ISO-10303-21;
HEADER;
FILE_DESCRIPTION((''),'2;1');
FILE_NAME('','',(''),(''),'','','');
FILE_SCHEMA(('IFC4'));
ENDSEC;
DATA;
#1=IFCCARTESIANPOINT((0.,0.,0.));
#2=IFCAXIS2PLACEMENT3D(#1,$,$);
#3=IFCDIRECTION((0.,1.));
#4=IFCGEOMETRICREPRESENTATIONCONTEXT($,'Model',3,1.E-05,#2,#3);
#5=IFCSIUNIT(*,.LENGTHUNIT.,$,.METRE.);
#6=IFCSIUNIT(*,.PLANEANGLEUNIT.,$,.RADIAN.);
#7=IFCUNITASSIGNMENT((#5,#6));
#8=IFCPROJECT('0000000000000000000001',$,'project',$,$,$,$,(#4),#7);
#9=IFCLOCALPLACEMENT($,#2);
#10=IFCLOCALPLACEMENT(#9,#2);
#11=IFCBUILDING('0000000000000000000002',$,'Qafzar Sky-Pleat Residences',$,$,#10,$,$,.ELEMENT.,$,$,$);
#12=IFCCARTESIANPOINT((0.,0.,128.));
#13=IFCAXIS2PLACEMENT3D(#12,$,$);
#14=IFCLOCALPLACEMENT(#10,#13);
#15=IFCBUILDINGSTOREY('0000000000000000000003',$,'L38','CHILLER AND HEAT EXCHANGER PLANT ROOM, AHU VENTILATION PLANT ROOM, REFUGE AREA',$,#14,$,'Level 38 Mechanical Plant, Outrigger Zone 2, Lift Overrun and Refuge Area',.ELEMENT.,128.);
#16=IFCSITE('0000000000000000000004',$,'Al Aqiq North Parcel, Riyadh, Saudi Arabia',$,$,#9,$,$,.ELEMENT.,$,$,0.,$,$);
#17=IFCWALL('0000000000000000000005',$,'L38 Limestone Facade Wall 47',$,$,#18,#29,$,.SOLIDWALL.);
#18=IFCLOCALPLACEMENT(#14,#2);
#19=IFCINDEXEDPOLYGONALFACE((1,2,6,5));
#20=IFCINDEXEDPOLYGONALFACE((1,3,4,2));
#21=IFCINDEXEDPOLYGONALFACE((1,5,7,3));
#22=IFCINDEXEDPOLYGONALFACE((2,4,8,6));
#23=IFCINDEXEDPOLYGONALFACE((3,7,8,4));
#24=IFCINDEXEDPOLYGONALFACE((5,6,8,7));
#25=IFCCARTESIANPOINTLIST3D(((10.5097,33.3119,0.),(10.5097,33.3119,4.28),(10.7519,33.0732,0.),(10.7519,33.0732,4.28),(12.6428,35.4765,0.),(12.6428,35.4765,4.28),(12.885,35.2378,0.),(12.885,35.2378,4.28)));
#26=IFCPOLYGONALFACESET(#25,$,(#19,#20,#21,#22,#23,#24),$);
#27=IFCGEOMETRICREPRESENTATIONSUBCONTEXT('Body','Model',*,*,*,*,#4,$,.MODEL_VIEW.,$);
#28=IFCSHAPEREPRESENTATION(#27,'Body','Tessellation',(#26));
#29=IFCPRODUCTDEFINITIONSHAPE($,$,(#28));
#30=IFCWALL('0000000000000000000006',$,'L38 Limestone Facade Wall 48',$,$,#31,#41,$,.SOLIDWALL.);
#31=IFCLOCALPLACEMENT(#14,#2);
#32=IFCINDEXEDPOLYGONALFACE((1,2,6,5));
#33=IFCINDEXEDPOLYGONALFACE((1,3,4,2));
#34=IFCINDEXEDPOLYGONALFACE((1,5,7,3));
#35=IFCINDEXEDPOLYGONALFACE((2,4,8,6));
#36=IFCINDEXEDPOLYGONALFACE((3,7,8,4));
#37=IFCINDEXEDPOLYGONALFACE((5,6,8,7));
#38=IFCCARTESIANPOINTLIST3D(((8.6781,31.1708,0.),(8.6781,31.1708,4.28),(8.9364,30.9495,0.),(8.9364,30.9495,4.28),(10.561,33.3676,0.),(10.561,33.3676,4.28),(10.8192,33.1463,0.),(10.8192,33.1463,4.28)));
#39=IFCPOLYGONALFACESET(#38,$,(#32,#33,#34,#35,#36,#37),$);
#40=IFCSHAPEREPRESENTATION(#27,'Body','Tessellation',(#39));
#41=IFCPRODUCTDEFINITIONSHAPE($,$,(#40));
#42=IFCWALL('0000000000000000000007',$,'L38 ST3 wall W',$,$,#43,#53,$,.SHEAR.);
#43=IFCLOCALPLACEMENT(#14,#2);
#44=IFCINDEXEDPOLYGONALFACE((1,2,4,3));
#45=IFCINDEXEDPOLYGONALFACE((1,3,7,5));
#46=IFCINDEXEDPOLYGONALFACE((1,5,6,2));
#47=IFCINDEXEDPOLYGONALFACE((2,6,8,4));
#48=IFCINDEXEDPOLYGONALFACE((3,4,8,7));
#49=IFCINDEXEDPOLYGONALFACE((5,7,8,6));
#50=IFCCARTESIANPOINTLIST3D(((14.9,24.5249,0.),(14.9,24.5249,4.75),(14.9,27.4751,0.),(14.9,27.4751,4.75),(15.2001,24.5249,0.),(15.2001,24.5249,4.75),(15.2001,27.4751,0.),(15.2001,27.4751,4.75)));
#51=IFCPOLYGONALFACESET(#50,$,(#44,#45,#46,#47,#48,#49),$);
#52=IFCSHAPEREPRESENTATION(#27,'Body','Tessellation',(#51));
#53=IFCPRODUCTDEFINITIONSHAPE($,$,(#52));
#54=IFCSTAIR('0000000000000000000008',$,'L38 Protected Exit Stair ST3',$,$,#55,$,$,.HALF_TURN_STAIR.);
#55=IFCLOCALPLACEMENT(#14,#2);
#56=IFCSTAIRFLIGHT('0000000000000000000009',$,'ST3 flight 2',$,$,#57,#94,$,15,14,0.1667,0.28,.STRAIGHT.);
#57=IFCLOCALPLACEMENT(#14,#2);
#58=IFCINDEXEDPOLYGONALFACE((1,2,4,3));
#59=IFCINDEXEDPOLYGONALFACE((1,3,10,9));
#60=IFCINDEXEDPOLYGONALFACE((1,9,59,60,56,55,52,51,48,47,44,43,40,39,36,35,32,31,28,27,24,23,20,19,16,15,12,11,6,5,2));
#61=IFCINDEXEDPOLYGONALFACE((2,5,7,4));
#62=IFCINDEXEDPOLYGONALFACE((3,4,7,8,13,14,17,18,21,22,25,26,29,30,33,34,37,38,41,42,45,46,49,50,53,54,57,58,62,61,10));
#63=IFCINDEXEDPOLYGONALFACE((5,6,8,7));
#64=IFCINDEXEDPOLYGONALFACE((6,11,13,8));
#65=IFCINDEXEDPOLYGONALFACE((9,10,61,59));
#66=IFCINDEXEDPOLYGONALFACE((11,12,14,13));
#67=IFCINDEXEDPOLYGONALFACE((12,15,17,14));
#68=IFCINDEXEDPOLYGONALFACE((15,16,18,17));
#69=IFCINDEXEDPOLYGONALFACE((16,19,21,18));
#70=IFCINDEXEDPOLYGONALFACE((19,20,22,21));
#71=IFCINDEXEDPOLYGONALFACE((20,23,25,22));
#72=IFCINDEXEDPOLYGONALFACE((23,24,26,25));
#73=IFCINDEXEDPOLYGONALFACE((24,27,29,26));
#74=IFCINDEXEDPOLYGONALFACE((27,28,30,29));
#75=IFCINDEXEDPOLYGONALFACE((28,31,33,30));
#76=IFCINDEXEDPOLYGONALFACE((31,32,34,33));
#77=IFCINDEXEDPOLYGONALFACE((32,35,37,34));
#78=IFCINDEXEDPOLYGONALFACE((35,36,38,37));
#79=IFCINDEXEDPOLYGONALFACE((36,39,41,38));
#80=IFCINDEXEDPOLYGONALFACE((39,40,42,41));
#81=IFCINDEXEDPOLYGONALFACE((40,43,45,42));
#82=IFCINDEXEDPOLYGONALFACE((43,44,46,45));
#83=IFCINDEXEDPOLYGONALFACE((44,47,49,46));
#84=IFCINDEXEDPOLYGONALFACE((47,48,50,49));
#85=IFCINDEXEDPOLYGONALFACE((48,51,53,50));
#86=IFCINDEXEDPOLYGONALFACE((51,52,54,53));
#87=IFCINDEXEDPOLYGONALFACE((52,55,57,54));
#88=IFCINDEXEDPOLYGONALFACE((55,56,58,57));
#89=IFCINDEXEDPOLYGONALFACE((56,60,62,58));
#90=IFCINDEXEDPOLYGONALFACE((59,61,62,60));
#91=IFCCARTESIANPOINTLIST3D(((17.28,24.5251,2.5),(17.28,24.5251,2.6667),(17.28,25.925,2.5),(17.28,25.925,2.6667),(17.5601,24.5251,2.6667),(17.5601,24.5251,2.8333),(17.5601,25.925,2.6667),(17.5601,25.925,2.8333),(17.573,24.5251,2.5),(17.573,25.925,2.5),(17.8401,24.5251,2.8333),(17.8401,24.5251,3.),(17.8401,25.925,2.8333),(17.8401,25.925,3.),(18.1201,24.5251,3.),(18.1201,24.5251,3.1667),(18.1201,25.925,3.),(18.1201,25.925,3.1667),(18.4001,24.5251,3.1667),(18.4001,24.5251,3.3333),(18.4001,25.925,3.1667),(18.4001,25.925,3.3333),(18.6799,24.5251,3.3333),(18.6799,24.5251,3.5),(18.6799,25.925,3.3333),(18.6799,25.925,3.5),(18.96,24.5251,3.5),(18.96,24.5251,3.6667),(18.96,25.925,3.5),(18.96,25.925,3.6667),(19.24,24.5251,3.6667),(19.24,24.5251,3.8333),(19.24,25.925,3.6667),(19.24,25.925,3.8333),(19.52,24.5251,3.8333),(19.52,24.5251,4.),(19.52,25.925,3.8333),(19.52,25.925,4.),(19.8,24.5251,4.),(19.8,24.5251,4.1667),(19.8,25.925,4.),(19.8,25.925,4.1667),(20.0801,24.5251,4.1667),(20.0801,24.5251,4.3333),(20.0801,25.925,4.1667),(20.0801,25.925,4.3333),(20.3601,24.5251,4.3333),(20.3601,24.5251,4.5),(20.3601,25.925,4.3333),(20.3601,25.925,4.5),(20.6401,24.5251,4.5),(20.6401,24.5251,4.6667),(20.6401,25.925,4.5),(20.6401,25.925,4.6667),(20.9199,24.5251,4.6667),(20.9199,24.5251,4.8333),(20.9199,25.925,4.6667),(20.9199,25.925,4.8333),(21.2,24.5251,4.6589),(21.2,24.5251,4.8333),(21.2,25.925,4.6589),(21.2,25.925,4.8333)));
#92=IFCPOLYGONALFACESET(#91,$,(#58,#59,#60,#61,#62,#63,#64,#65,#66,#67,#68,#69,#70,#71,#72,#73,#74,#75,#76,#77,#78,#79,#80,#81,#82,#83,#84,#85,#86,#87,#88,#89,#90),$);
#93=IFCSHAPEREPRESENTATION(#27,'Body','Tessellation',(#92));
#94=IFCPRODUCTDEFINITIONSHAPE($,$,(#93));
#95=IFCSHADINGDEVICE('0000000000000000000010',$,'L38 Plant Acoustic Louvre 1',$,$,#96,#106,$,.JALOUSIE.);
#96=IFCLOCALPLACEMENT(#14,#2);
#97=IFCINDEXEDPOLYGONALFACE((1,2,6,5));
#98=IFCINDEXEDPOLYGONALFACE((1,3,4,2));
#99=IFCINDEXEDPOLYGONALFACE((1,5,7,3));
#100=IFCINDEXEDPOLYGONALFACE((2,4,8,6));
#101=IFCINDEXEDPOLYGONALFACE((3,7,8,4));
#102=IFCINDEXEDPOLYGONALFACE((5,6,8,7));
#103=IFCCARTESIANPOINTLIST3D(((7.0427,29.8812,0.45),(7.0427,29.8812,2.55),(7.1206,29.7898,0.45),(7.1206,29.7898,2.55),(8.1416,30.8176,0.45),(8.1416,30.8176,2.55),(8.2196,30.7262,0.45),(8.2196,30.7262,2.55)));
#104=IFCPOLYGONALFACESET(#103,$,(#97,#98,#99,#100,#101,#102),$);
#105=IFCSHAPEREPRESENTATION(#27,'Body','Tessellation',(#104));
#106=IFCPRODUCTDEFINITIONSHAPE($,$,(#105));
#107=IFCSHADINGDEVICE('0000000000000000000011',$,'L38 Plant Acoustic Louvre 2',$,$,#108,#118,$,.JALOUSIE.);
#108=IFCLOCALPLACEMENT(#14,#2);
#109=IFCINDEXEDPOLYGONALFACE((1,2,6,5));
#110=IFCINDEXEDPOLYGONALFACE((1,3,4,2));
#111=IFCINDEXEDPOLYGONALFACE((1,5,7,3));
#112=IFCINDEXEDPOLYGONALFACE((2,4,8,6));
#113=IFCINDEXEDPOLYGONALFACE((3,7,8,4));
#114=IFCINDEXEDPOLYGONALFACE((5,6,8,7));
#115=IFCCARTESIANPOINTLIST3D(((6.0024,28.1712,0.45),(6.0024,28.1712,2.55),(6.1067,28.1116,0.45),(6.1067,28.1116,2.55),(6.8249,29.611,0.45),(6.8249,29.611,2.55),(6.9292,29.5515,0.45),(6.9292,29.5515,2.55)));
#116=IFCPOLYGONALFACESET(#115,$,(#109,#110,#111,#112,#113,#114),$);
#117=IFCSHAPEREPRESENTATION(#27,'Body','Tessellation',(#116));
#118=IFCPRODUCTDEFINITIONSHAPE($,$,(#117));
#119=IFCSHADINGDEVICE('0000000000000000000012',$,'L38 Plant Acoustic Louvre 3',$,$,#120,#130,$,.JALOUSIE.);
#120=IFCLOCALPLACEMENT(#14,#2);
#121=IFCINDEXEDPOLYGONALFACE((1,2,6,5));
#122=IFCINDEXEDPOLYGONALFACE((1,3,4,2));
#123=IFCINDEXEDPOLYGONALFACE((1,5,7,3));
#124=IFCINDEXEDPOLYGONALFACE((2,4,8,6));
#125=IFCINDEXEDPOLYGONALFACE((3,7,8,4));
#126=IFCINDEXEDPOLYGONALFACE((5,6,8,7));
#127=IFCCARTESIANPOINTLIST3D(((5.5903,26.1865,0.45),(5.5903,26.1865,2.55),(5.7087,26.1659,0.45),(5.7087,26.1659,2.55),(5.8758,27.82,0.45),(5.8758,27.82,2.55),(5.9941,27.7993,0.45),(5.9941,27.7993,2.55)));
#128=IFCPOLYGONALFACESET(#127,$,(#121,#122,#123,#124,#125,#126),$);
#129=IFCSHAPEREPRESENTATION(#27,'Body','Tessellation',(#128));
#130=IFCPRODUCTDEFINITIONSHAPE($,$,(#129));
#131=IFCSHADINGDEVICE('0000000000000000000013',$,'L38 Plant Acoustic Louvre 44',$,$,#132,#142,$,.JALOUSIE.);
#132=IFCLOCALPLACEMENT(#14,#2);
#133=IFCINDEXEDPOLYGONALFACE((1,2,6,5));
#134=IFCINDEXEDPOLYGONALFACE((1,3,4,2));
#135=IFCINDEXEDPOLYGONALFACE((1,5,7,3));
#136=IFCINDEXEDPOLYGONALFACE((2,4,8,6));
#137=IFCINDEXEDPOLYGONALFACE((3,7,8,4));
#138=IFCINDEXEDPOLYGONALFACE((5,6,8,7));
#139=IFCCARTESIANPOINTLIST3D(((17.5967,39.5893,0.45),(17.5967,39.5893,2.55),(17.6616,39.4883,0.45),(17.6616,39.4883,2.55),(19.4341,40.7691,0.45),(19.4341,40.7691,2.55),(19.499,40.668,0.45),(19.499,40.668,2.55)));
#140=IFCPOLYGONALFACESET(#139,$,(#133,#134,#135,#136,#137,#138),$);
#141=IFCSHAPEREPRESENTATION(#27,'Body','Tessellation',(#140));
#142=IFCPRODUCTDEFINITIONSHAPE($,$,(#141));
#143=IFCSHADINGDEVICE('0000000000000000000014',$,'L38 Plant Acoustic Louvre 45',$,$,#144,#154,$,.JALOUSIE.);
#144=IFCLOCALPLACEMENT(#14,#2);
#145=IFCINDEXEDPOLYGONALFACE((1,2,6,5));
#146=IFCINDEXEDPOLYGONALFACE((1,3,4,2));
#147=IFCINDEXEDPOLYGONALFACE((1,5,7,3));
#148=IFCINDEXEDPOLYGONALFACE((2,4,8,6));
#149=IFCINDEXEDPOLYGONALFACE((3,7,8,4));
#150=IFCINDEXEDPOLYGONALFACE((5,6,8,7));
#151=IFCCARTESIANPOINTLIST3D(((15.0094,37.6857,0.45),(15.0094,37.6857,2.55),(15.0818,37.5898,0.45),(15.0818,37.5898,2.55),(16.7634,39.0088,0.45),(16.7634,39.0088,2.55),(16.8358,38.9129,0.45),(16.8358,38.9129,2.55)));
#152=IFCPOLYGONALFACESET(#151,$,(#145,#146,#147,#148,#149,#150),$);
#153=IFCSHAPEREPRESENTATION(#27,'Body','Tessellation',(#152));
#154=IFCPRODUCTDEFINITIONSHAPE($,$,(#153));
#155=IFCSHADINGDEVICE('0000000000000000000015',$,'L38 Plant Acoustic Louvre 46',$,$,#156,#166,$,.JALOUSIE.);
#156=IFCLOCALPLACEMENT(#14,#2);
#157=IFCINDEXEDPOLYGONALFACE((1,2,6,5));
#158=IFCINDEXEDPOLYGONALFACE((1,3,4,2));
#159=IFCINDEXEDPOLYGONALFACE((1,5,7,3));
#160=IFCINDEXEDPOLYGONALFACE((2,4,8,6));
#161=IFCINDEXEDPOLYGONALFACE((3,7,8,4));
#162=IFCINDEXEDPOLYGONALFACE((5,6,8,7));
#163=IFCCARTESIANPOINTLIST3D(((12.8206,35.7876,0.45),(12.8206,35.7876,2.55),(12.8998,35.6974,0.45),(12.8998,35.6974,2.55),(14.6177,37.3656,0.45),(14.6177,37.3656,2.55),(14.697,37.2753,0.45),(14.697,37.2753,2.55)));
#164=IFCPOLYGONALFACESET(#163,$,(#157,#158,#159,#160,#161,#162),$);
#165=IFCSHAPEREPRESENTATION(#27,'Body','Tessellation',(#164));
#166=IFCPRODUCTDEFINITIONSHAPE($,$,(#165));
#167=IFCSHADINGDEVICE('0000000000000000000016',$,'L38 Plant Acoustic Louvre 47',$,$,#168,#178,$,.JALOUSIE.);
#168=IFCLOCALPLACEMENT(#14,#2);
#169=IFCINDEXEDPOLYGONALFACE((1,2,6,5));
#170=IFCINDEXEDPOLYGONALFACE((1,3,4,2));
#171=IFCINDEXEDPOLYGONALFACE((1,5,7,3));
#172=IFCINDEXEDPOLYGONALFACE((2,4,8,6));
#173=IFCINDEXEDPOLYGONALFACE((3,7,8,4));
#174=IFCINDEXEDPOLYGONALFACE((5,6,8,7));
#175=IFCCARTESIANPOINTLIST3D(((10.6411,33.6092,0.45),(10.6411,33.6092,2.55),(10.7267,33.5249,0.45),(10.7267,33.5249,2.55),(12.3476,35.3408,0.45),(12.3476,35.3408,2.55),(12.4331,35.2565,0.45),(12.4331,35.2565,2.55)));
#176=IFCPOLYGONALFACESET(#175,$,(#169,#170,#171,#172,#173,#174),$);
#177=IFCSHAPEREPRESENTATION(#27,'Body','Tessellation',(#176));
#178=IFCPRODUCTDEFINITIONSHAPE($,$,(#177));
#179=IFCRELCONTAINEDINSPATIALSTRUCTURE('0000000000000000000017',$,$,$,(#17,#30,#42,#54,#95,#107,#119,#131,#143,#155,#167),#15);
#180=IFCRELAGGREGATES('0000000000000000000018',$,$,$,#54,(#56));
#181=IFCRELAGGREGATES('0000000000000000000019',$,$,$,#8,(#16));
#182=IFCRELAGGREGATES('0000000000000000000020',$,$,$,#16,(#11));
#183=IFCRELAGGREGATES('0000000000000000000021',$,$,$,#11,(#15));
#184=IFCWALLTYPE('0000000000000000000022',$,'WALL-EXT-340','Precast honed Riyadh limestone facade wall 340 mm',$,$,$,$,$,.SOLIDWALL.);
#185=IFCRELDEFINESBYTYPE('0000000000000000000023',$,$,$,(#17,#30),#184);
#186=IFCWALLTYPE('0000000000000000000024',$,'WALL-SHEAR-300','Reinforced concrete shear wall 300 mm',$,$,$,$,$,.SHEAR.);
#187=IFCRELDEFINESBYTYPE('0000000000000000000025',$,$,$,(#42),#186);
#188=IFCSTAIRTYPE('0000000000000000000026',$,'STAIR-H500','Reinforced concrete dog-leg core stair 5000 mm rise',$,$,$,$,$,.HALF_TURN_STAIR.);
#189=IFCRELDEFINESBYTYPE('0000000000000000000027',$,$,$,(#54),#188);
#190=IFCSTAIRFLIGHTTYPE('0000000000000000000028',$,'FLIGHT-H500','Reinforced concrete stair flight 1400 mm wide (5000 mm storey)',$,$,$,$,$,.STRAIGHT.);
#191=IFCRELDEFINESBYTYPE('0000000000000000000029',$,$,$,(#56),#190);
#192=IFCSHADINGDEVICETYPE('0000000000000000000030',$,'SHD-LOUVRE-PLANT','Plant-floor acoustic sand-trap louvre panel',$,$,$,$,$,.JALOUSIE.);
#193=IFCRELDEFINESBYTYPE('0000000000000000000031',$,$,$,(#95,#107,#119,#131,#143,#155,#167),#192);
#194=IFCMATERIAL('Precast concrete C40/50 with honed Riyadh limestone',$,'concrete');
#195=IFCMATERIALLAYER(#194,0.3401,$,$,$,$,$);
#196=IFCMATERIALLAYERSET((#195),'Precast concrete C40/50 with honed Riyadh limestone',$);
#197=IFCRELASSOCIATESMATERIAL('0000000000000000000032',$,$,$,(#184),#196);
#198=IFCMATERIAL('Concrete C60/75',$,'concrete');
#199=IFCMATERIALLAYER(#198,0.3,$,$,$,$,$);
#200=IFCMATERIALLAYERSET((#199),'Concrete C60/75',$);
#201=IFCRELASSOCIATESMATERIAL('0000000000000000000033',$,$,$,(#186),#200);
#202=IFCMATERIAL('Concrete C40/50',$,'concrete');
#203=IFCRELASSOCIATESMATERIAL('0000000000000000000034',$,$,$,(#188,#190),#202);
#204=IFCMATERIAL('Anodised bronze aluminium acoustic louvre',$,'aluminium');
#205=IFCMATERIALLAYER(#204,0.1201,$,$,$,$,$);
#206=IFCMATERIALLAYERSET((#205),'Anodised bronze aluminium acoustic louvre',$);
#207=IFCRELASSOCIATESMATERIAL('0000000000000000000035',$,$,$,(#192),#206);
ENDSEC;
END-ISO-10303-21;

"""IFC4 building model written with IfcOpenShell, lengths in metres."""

from ifc_helpers import new_model, si_unit, direction, frame, frame_2d, origin, origin_2d, place, context, subcontext, project, spatial, polyline, rectangle, outline, extrude, source, transform, mapped, material, layer, layer_set, type_object, element, aggregate, save


model = new_model("IFC4")

# Units and contexts
model_context = context("Model", 3, precision=1e-05, world=origin(), true_north=direction((0.0, 1.0)))
body_context = subcontext(model_context, "Body", "Model", "MODEL_VIEW")
ifc_project = project(units=[si_unit("LENGTHUNIT", "METRE"), si_unit("PLANEANGLEUNIT", "RADIAN")], contexts=[model_context])

# Site, building, storey
site_placement = place(None, origin())
site = spatial("IfcSite", under=ifc_project, at=site_placement, Name="Al Aqiq North Parcel, Riyadh, Saudi Arabia", CompositionType="ELEMENT", RefElevation=0.0)
building_placement = place(site_placement, origin())
building = spatial("IfcBuilding", under=site, at=building_placement, Name="Qafzar Sky-Pleat Residences", CompositionType="ELEMENT")
storey_placement = place(building_placement, frame((0.0, 0.0, 128.0)))
storey = spatial("IfcBuildingStorey", under=building, at=storey_placement, Name="L38", Description="CHILLER AND HEAT EXCHANGER PLANT ROOM, AHU VENTILATION PLANT ROOM, REFUGE AREA", LongName="Level 38 Mechanical Plant, Outrigger Zone 2, Lift Overrun and Refuge Area", CompositionType="ELEMENT", Elevation=128.0)

# Shared definitions
ifc_material_1 = material(Name="Concrete C60/75", Category="concrete")

# Walls
ifc_material_2 = material(Name="Precast concrete C40/50 with honed Riyadh limestone", Category="concrete")
ifc_layer_1 = layer(ifc_material_2, 0.3401)
ifc_layer_set_1 = layer_set([ifc_layer_1], Name="Precast concrete C40/50 with honed Riyadh limestone")
wall_type_1 = type_object("IfcWallType", Name="WALL-EXT-340", Description="Precast honed Riyadh limestone facade wall 340 mm", PredefinedType="SOLIDWALL", material=ifc_layer_set_1)
wall_1_placement = place(storey_placement, frame((12.7639, 35.3572, 0.0), z_axis=(0.0, 0.0, 1.0), x_axis=(-0.701906, -0.71227, 0.0)))
element("IfcWall", 1, at=wall_1_placement, inside=storey, type_object=wall_type_1, Name="L38 Limestone Facade Wall 47", PredefinedType="SOLIDWALL", context=body_context, shape_type="SweptSolid", body=[
    extrude(rectangle(XDim=3.0391, YDim=0.3401, at=frame_2d((1.5195, 0.0))), origin(), (0.0, 0.0, 1.0), 4.28),
])
wall_2_placement = place(storey_placement, frame((10.6902, 33.2571, 0.0), z_axis=(0.0, 0.0, 1.0), x_axis=(-0.650764, -0.75928, 0.0)))
element("IfcWall", 2, at=wall_2_placement, inside=storey, type_object=wall_type_1, Name="L38 Limestone Facade Wall 48", PredefinedType="SOLIDWALL", context=body_context, shape_type="SweptSolid", body=[
    extrude(rectangle(XDim=2.8933, YDim=0.3401, at=frame_2d((1.4468, 0.0))), origin(), (0.0, 0.0, 1.0), 4.28),
])
ifc_layer_2 = layer(ifc_material_1, 0.3)
ifc_layer_set_2 = layer_set([ifc_layer_2], Name="Concrete C60/75")
wall_type_2 = type_object("IfcWallType", Name="WALL-SHEAR-300", Description="Reinforced concrete shear wall 300 mm", PredefinedType="SHEAR", material=ifc_layer_set_2)
wall_3_placement = place(storey_placement, frame((15.05, 27.4751, 0.0), z_axis=(0.0, 0.0, 1.0), x_axis=(0.0, -1.0, 0.0)))
element("IfcWall", 3, at=wall_3_placement, inside=storey, type_object=wall_type_2, Name="L38 ST3 wall W", PredefinedType="SHEAR", context=body_context, shape_type="SweptSolid", body=[
    extrude(rectangle(XDim=2.9502, YDim=0.3, at=frame_2d((1.4751, 0.0))), origin(), (0.0, 0.0, 1.0), 4.75),
])

# Stair, stair flight
ifc_material_3 = material(Name="Concrete C40/50", Category="concrete")
stair_type = type_object("IfcStairType", Name="STAIR-H500", Description="Reinforced concrete dog-leg core stair 5000 mm rise", PredefinedType="HALF_TURN_STAIR", material=ifc_material_3)
stair_placement = place(storey_placement, origin())
stair = element("IfcStair", 4, at=stair_placement, inside=storey, type_object=stair_type, Name="L38 Protected Exit Stair ST3", PredefinedType="HALF_TURN_STAIR")
stair_flight_type = type_object("IfcStairFlightType", Name="FLIGHT-H500", Description="Reinforced concrete stair flight 1400 mm wide (5000 mm storey)", PredefinedType="STRAIGHT", material=ifc_material_3)
shared_shape_1 = source(origin(), body_context, "Body", "SweptSolid", [
    extrude(outline(polyline([(0.0, 0.0), (0.0, 0.1667), (0.28, 0.1667), (0.28, 0.3333), (0.5601, 0.3333), (0.5601, 0.5), (0.8401, 0.5), (0.8401, 0.6667), (1.1201, 0.6667), (1.1201, 0.8333), (1.3999, 0.8333), (1.3999, 1.0), (1.6799, 1.0), (1.6799, 1.1667), (1.96, 1.1667), (1.96, 1.3333), (2.24, 1.3333), (2.24, 1.5), (2.52, 1.5), (2.52, 1.6667), (2.8, 1.6667), (2.8, 1.8333), (3.0801, 1.8333), (3.0801, 2.0), (3.3601, 2.0), (3.3601, 2.1667), (3.6399, 2.1667), (3.6399, 2.3333), (3.9199, 2.3333), (3.9199, 2.5), (3.9199, 2.1589), (0.293, 0.0), (0.0, 0.0)])), frame((0.0, 0.7, 0.0), z_axis=(0.0, -1.0, 0.0), x_axis=(1.0, 0.0, 0.0)), (0.0, 0.0, 1.0), 1.3999),
])
stair_flight_placement = place(storey_placement, frame((17.28, 25.2251, 2.5), z_axis=(0.0, 0.0, 1.0), x_axis=(1.0, 0.0, 0.0)))
stair_flight = element("IfcStairFlight", 5, at=stair_flight_placement, type_object=stair_flight_type, Name="ST3 flight 2", NumberOfRisers=15, NumberOfTreads=14, PredefinedType="STRAIGHT", RiserHeight=0.1667, TreadLength=0.28, context=body_context, shape_type="MappedRepresentation", body=[
    mapped(shared_shape_1, transform((0.0, 0.0, 0.0), x_axis=(1.0, 0.0, 0.0), y_axis=(0.0, 1.0, 0.0), z_axis=(0.0, 0.0, 1.0), scale=1.0)),
])
aggregate(stair, [stair_flight])

# Shading devices
ifc_material_4 = material(Name="Anodised bronze aluminium acoustic louvre", Category="aluminium")
ifc_layer_3 = layer(ifc_material_4, 0.1201)
ifc_layer_set_3 = layer_set([ifc_layer_3], Name="Anodised bronze aluminium acoustic louvre")
shading_device_type = type_object("IfcShadingDeviceType", Name="SHD-LOUVRE-PLANT", Description="Plant-floor acoustic sand-trap louvre panel", PredefinedType="JALOUSIE", material=ifc_layer_set_3)
shared_shape_2 = source(origin(), body_context, "Body", "SweptSolid", [
    extrude(rectangle(XDim=1.4438, YDim=0.1201, at=origin_2d()), origin(), (0.0, 0.0, 1.0), 2.1001),
])
shading_device_1_placement = place(storey_placement, frame((7.6311, 30.3037, 0.45), z_axis=(0.0, 0.0, 1.0), x_axis=(-0.761154, -0.648571, 0.0)))
element("IfcShadingDevice", 6, at=shading_device_1_placement, inside=storey, type_object=shading_device_type, Name="L38 Plant Acoustic Louvre 1", PredefinedType="JALOUSIE", context=body_context, shape_type="MappedRepresentation", body=[
    mapped(shared_shape_2, transform((0.0, 0.0, 0.0), x_axis=(1.0, 0.0, 0.0), y_axis=(0.0, 1.0, 0.0), z_axis=(0.0, 0.0, 1.0), scale=1.0)),
])
shared_shape_3 = source(origin(), body_context, "Body", "SweptSolid", [
    extrude(rectangle(XDim=1.6582, YDim=0.1201, at=origin_2d()), origin(), (0.0, 0.0, 1.0), 2.1001),
])
for number, where, z_axis, x_axis, name in (
    (7, (6.4658, 28.8613, 0.45), (0.0, 0.0, 1.0), (-0.496025, -0.868308, 0.0), "L38 Plant Acoustic Louvre 2"),
    (8, (5.7922, 26.9929, 0.45), (0.0, 0.0, 1.0), (-0.17217, -0.985067, 0.0), "L38 Plant Acoustic Louvre 3"),
):
    element("IfcShadingDevice", number, at=place(storey_placement, frame(where, z_axis=z_axis, x_axis=x_axis)), inside=storey, type_object=shading_device_type, Name=name, PredefinedType="JALOUSIE", context=body_context, shape_type="MappedRepresentation", body=[
        mapped(shared_shape_3, transform((0.0, 0.0, 0.0), x_axis=(1.0, 0.0, 0.0), y_axis=(0.0, 1.0, 0.0), z_axis=(0.0, 0.0, 1.0), scale=1.0)),
    ])
shared_shape_4 = source(origin(), body_context, "Body", "SweptSolid", [
    extrude(rectangle(XDim=2.1836, YDim=0.1201, at=origin_2d()), origin(), (0.0, 0.0, 1.0), 2.1001),
])
shading_device_2_placement = place(storey_placement, frame((18.5479, 40.1287, 0.45), z_axis=(0.0, 0.0, 1.0), x_axis=(-0.841497, -0.540261, 0.0)))
element("IfcShadingDevice", 9, at=shading_device_2_placement, inside=storey, type_object=shading_device_type, Name="L38 Plant Acoustic Louvre 44", PredefinedType="JALOUSIE", context=body_context, shape_type="MappedRepresentation", body=[
    mapped(shared_shape_4, transform((0.0, 0.0, 0.0), x_axis=(1.0, 0.0, 0.0), y_axis=(0.0, 1.0, 0.0), z_axis=(0.0, 0.0, 1.0), scale=1.0)),
])
shared_shape_5 = source(origin(), body_context, "Body", "SweptSolid", [
    extrude(rectangle(XDim=2.197, YDim=0.1201, at=origin_2d()), origin(), (0.0, 0.0, 1.0), 2.1001),
])
shading_device_3_placement = place(storey_placement, frame((15.9226, 38.2993, 0.45), z_axis=(0.0, 0.0, 1.0), x_axis=(-0.798345, -0.6022, 0.0)))
element("IfcShadingDevice", 10, at=shading_device_3_placement, inside=storey, type_object=shading_device_type, Name="L38 Plant Acoustic Louvre 45", PredefinedType="JALOUSIE", context=body_context, shape_type="MappedRepresentation", body=[
    mapped(shared_shape_5, transform((0.0, 0.0, 0.0), x_axis=(1.0, 0.0, 0.0), y_axis=(0.0, 1.0, 0.0), z_axis=(0.0, 0.0, 1.0), scale=1.0)),
])
shared_shape_6 = source(origin(), body_context, "Body", "SweptSolid", [
    extrude(rectangle(XDim=2.3916, YDim=0.1201, at=origin_2d()), origin(), (0.0, 0.0, 1.0), 2.1001),
])
shading_device_4_placement = place(storey_placement, frame((13.7588, 36.5315, 0.45), z_axis=(0.0, 0.0, 1.0), x_axis=(-0.751446, -0.659794, 0.0)))
element("IfcShadingDevice", 11, at=shading_device_4_placement, inside=storey, type_object=shading_device_type, Name="L38 Plant Acoustic Louvre 46", PredefinedType="JALOUSIE", context=body_context, shape_type="MappedRepresentation", body=[
    mapped(shared_shape_6, transform((0.0, 0.0, 0.0), x_axis=(1.0, 0.0, 0.0), y_axis=(0.0, 1.0, 0.0), z_axis=(0.0, 0.0, 1.0), scale=1.0)),
])
shared_shape_7 = source(origin(), body_context, "Body", "SweptSolid", [
    extrude(rectangle(XDim=2.4312, YDim=0.1201, at=origin_2d()), origin(), (0.0, 0.0, 1.0), 2.1001),
])
shading_device_5_placement = place(storey_placement, frame((11.5371, 34.4329, 0.45), z_axis=(0.0, 0.0, 1.0), x_axis=(-0.701905, -0.712271, 0.0)))
element("IfcShadingDevice", 12, at=shading_device_5_placement, inside=storey, type_object=shading_device_type, Name="L38 Plant Acoustic Louvre 47", PredefinedType="JALOUSIE", context=body_context, shape_type="MappedRepresentation", body=[
    mapped(shared_shape_7, transform((0.0, 0.0, 0.0), x_axis=(1.0, 0.0, 0.0), y_axis=(0.0, 1.0, 0.0), z_axis=(0.0, 0.0, 1.0), scale=1.0)),
])

save(model, "model.ifc")
